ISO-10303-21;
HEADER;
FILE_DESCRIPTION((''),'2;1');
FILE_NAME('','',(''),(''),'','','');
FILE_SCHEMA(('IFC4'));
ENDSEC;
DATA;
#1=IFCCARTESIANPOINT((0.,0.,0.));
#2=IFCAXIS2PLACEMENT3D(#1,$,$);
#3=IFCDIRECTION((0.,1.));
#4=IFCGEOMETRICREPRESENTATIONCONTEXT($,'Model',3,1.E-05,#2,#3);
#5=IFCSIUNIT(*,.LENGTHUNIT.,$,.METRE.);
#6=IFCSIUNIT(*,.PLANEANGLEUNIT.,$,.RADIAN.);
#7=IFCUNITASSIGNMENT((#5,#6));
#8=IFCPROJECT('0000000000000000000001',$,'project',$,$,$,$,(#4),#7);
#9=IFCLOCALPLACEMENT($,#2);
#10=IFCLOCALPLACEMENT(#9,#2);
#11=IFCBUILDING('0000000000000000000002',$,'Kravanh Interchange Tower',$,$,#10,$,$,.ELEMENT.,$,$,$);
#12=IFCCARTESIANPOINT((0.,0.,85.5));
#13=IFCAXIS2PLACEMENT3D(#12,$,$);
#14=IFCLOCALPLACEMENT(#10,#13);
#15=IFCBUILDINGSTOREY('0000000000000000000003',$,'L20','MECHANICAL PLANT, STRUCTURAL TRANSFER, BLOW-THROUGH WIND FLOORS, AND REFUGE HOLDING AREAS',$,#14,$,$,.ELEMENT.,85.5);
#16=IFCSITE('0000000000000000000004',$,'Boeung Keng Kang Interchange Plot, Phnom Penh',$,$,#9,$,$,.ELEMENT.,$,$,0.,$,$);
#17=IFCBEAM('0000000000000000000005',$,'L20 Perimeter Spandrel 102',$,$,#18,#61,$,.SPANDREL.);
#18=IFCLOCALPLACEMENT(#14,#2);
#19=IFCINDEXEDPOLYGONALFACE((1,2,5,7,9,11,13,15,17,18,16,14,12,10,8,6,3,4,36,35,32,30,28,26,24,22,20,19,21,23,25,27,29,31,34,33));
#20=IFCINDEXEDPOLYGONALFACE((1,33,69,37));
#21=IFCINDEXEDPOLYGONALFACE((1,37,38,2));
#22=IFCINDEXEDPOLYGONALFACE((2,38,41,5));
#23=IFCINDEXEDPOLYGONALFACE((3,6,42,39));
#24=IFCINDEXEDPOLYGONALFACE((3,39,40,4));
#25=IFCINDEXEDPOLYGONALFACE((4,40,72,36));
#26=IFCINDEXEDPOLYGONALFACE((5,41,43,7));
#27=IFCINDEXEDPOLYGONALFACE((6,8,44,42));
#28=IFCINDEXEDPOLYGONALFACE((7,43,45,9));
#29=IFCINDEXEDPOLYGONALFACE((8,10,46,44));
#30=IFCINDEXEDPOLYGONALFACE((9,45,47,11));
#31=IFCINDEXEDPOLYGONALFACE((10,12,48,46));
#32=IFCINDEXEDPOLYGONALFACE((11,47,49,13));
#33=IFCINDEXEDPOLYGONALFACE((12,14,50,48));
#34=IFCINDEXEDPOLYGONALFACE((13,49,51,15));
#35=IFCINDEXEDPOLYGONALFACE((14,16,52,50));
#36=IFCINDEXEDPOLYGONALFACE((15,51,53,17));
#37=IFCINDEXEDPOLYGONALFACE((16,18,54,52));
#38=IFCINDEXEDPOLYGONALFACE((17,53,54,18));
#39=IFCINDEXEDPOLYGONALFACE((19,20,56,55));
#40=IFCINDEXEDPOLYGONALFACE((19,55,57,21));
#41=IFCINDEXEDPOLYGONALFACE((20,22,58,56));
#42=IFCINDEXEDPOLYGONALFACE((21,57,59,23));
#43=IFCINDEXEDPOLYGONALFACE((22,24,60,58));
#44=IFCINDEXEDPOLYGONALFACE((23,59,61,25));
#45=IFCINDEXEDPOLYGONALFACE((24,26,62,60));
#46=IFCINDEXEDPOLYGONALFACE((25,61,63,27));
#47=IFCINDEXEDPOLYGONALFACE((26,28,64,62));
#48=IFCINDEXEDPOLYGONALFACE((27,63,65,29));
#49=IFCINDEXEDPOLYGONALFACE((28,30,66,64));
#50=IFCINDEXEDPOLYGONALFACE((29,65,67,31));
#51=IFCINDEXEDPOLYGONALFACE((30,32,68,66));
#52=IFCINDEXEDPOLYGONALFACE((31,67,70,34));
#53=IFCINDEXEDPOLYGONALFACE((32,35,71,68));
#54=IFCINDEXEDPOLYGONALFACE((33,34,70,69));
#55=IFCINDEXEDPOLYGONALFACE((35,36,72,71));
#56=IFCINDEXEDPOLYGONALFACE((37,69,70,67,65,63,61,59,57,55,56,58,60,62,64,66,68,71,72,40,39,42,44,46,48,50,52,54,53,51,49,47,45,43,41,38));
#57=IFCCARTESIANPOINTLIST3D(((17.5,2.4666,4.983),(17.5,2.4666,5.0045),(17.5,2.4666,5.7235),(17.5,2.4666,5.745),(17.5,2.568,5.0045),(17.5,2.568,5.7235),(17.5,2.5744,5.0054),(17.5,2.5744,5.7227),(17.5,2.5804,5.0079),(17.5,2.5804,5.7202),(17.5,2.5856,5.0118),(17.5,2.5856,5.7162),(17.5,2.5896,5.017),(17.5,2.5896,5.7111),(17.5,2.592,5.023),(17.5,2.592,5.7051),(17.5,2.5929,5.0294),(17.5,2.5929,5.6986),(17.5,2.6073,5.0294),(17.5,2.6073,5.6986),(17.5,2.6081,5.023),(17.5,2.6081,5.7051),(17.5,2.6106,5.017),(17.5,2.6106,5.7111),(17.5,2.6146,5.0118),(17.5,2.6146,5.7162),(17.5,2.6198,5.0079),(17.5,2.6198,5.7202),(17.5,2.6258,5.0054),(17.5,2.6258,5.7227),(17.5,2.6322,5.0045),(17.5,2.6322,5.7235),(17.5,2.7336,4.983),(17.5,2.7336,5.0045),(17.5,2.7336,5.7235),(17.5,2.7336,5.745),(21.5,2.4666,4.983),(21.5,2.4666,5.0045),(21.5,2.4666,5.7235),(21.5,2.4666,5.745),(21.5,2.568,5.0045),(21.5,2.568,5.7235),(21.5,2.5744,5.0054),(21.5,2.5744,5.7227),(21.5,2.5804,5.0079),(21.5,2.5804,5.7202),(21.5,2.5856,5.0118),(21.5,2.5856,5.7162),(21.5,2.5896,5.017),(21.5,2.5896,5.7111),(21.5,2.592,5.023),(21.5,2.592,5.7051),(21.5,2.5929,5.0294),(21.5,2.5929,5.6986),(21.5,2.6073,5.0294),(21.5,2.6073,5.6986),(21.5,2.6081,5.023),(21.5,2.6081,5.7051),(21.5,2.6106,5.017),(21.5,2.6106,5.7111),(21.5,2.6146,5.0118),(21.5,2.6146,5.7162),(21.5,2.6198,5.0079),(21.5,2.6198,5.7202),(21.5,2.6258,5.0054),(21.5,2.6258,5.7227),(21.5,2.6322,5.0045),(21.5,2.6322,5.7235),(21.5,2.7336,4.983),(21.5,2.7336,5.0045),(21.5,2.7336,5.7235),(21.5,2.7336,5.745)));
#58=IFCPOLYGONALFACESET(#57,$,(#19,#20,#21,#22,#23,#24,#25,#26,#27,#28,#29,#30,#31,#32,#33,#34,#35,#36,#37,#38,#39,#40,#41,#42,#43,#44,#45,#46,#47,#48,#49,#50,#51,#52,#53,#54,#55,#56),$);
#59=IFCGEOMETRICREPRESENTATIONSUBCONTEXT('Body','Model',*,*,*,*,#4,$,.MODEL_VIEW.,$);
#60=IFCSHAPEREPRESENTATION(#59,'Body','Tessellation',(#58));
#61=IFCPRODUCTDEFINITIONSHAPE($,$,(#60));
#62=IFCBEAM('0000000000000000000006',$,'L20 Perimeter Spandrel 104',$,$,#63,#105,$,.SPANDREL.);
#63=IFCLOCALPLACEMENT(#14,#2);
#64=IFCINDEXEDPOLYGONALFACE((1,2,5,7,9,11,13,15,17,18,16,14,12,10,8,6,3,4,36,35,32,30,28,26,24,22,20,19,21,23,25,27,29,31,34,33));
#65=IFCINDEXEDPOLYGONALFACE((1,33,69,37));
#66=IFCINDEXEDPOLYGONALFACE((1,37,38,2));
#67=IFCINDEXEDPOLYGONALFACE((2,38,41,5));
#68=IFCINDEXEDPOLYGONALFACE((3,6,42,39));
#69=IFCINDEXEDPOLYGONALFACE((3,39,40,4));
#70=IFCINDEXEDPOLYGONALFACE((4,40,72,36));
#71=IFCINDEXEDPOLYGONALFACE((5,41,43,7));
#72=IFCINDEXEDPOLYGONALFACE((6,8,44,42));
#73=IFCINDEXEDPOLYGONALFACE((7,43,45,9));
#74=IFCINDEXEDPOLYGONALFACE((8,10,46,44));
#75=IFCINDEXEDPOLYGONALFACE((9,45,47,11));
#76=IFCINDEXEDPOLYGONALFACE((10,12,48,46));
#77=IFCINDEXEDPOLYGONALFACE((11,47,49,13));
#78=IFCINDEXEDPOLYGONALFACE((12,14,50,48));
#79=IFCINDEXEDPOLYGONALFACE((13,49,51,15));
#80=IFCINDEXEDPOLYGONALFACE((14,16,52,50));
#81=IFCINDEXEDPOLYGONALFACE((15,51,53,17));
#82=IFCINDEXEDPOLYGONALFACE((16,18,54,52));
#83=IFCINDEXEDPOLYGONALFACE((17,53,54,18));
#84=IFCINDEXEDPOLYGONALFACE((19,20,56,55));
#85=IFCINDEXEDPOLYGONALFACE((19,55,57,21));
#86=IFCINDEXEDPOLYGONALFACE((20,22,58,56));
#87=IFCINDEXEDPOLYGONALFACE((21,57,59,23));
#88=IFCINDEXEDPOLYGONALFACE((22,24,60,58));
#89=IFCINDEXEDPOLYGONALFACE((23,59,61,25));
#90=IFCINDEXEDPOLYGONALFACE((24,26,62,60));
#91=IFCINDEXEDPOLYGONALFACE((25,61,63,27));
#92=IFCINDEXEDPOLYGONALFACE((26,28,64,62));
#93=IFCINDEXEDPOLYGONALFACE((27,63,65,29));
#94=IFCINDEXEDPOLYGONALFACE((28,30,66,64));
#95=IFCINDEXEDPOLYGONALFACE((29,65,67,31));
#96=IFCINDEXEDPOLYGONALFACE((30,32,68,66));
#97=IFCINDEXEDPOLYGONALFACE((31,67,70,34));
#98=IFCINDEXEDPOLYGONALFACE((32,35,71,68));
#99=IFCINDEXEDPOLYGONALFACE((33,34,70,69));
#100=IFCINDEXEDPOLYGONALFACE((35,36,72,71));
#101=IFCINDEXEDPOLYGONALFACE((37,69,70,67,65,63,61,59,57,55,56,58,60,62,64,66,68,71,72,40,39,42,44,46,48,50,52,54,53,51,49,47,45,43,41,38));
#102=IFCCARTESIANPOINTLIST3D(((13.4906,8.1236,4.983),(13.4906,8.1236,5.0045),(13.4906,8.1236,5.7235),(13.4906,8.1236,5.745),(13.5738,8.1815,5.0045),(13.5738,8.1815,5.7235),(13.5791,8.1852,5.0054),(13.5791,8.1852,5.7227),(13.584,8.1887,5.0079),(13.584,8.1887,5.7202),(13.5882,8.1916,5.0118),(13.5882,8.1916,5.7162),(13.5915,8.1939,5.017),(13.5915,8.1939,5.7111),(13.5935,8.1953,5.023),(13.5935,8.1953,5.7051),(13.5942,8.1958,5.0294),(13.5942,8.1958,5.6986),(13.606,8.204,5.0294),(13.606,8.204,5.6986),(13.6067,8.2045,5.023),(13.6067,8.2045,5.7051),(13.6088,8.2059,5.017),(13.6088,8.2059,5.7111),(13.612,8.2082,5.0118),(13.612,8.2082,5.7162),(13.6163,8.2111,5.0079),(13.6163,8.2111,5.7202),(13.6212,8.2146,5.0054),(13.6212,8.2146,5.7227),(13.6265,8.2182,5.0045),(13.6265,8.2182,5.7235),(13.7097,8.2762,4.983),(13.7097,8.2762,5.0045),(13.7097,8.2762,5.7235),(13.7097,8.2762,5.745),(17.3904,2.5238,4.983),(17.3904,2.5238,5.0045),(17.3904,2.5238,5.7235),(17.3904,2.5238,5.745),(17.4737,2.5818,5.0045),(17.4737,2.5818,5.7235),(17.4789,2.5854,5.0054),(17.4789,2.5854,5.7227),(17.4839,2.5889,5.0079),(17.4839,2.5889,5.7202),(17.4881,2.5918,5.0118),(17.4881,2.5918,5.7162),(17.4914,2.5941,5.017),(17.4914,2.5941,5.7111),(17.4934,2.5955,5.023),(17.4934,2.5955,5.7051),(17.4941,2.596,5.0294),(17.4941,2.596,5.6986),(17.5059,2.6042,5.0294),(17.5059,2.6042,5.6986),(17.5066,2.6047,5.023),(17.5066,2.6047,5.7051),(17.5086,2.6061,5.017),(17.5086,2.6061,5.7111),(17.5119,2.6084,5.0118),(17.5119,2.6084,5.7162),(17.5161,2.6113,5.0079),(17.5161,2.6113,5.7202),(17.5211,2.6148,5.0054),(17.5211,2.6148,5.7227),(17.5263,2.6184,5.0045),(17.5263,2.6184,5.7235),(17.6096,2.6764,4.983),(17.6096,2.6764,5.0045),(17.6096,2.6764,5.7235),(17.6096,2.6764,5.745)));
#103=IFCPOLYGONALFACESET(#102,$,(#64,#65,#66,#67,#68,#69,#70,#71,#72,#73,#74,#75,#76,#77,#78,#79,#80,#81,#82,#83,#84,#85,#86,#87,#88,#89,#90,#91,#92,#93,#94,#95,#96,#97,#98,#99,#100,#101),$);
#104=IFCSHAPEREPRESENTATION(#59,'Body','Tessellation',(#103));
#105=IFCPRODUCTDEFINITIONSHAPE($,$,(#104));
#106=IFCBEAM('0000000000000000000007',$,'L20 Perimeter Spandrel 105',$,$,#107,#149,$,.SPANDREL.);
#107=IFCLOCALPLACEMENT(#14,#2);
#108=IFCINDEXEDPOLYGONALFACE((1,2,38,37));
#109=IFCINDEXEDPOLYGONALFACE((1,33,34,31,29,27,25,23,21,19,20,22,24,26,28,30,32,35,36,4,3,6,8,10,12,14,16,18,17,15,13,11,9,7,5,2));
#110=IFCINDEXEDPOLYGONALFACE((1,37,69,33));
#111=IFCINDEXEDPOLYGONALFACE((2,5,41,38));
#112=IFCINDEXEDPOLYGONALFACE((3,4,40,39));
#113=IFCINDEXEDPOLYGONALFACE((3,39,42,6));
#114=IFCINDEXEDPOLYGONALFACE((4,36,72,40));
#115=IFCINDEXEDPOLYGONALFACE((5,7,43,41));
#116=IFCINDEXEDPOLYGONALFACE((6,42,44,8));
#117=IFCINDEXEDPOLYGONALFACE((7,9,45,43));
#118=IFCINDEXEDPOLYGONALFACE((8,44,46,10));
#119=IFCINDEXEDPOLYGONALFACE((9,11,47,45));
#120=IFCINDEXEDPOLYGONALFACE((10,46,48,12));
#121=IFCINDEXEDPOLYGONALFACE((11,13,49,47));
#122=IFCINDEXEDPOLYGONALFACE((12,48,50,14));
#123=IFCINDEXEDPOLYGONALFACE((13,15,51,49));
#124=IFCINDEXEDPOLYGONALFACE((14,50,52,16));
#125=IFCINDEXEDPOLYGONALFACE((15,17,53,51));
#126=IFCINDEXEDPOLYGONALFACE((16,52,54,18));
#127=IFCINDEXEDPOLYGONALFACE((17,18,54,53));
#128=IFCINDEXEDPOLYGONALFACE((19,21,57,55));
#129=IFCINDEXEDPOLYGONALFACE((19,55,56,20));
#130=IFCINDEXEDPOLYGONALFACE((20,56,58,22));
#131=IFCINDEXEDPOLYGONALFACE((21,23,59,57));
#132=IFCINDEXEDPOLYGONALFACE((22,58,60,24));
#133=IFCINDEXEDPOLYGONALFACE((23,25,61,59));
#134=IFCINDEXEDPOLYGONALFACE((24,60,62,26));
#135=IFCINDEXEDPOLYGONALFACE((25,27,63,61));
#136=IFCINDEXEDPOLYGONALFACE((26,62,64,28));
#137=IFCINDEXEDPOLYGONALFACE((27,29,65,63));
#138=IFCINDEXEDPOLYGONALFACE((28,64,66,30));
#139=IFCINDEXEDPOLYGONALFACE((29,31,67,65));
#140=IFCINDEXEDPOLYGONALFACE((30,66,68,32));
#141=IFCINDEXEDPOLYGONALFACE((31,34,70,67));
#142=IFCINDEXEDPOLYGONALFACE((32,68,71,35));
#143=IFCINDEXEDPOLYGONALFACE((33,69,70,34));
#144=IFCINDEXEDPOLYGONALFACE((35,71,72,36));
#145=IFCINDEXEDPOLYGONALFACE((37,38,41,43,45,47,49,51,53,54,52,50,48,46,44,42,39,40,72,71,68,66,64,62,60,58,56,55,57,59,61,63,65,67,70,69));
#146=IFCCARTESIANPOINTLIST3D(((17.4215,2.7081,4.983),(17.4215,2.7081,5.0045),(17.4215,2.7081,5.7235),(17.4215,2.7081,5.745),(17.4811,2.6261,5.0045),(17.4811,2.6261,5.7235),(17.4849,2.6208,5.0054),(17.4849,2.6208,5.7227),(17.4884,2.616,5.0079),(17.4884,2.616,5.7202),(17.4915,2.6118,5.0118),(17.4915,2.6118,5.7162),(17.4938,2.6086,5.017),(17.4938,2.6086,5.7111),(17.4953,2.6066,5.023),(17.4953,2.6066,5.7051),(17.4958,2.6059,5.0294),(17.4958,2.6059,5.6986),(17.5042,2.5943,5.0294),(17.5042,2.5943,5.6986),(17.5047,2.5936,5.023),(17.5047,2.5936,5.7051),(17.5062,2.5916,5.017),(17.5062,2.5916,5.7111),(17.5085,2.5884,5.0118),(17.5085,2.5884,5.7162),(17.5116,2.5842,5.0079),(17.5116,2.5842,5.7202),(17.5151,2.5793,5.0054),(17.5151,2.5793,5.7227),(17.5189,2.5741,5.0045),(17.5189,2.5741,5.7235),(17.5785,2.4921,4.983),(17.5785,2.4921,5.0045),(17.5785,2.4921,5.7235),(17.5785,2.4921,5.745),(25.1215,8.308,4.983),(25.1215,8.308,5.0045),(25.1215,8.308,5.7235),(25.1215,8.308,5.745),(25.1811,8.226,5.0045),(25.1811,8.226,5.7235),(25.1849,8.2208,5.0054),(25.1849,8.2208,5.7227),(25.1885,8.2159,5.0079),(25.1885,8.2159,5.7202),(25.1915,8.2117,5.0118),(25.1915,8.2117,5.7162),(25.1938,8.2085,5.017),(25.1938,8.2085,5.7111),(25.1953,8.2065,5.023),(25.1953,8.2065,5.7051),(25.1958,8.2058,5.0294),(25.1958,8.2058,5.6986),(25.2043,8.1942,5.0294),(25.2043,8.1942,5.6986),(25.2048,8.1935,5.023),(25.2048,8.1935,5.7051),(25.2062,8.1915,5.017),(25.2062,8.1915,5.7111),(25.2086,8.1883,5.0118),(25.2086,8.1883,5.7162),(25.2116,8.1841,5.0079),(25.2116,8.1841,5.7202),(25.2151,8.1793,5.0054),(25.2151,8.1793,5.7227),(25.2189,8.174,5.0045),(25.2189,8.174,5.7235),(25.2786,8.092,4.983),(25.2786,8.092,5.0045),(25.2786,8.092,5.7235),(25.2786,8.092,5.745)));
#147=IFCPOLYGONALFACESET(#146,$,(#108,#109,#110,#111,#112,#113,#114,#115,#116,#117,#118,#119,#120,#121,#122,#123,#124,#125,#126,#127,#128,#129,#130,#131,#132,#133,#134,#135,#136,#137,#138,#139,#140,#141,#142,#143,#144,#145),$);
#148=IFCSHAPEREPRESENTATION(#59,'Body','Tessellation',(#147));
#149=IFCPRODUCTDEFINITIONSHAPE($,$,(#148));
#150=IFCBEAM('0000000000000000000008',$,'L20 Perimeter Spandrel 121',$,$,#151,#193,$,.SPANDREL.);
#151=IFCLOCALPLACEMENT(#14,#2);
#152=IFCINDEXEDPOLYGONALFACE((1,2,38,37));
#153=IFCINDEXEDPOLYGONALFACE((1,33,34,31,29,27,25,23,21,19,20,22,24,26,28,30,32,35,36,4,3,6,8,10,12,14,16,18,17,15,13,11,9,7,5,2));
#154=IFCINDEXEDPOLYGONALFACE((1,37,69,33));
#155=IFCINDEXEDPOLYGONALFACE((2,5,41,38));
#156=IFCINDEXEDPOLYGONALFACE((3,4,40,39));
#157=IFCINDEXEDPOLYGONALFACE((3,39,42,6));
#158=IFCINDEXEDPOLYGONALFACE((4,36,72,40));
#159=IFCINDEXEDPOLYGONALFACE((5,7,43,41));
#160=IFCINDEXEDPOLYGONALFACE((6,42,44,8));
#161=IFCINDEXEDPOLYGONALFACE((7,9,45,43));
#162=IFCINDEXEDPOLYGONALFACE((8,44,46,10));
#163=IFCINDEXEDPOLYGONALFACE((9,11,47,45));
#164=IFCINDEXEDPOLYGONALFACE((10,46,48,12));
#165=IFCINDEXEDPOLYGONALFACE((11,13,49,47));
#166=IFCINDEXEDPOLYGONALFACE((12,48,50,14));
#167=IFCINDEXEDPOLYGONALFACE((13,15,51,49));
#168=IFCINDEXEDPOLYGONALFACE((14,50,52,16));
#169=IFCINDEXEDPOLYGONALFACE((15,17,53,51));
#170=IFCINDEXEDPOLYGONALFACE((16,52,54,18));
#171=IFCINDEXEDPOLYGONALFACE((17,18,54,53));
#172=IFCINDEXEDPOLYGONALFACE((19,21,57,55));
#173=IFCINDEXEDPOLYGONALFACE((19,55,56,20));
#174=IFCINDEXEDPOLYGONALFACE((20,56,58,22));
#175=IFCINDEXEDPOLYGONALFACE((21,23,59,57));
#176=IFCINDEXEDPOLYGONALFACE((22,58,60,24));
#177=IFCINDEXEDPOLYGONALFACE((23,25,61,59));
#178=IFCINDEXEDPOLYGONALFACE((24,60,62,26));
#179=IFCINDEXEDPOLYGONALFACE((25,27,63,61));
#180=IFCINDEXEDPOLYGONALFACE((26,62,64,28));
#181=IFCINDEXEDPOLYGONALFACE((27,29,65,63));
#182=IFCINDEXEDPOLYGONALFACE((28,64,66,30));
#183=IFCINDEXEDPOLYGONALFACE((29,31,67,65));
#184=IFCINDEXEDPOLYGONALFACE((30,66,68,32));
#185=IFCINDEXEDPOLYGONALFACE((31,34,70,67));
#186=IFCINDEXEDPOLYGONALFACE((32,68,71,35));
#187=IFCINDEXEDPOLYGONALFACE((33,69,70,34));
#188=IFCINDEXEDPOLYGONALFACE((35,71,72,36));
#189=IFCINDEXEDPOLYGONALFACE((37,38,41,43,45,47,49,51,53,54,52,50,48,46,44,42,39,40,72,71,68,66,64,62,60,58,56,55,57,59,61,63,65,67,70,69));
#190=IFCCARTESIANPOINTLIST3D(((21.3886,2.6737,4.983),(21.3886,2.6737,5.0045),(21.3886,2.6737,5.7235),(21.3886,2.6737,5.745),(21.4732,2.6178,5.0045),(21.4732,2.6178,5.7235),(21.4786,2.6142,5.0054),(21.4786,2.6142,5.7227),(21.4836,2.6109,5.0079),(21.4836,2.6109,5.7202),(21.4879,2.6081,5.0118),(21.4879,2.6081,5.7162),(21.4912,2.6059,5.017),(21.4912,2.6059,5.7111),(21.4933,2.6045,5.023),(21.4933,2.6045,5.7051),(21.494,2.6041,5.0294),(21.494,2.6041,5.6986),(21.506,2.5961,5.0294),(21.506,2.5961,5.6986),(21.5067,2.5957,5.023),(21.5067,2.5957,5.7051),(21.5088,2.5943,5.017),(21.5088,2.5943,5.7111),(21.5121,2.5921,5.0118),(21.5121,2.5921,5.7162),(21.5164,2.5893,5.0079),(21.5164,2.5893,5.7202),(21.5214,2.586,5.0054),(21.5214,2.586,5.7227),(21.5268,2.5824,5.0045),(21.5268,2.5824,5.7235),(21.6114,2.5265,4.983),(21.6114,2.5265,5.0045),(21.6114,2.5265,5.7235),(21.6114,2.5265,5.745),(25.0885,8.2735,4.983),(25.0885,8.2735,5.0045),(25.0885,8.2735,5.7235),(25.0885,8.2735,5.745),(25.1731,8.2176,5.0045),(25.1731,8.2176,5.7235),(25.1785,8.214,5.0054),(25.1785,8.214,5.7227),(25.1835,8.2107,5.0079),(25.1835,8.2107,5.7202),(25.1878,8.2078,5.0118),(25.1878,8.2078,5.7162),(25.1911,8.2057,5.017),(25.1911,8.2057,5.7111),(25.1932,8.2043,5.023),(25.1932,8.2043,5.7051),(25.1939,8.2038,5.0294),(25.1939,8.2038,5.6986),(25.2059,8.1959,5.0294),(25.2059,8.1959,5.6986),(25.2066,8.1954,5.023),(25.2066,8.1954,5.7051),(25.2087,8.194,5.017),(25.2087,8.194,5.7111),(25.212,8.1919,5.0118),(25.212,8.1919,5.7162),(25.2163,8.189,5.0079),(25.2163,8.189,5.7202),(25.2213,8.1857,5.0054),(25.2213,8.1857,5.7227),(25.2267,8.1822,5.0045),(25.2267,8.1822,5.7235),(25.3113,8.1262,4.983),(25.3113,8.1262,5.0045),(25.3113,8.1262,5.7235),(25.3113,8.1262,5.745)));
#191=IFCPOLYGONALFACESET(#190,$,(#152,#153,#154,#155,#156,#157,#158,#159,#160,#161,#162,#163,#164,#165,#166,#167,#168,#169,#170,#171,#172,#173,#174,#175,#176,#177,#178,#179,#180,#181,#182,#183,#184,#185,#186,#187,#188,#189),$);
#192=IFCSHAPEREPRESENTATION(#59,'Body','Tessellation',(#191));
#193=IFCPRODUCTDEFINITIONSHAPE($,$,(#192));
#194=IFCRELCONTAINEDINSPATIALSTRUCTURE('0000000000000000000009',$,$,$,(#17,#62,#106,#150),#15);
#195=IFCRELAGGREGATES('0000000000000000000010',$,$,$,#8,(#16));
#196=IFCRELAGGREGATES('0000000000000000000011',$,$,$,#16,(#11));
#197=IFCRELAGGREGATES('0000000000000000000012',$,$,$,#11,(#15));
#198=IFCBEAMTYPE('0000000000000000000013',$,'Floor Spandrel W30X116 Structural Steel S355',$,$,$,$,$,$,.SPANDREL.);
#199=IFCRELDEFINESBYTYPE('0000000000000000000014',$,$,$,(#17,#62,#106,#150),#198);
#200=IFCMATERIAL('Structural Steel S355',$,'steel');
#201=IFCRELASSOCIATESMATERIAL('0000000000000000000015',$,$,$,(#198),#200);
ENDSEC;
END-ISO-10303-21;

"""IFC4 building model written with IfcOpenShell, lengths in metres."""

from ifc_helpers import new_model, si_unit, direction, frame, origin, origin_2d, place, context, subcontext, project, spatial, i_section, extrude, material, material_profile, profile_set, type_object, element, save


model = new_model("IFC4")

# Units and contexts
model_context = context("Model", 3, precision=1e-05, world=origin(), true_north=direction((0.0, 1.0)))
body_context = subcontext(model_context, "Body", "Model", "MODEL_VIEW")
ifc_project = project(units=[si_unit("LENGTHUNIT", "METRE"), si_unit("PLANEANGLEUNIT", "RADIAN")], contexts=[model_context])

# Site, building, storey
site_placement = place(None, origin())
site = spatial("IfcSite", under=ifc_project, at=site_placement, Name="Boeung Keng Kang Interchange Plot, Phnom Penh", CompositionType="ELEMENT", RefElevation=0.0)
building_placement = place(site_placement, origin())
building = spatial("IfcBuilding", under=site, at=building_placement, Name="Kravanh Interchange Tower", CompositionType="ELEMENT")
storey_placement = place(building_placement, frame((0.0, 0.0, 85.5)))
storey = spatial("IfcBuildingStorey", under=building, at=storey_placement, Name="L20", Description="MECHANICAL PLANT, STRUCTURAL TRANSFER, BLOW-THROUGH WIND FLOORS, AND REFUGE HOLDING AREAS", CompositionType="ELEMENT", Elevation=85.5)

# Beams
ifc_material_1 = material(Name="Structural Steel S355", Category="steel")
ifc_material_profile_1 = material_profile(ifc_material_1, i_section(OverallWidth=0.2671, OverallDepth=0.762, WebThickness=0.0144, FlangeThickness=0.0215, FilletRadius=0.0249, at=origin_2d()), Name="W30X116")
ifc_profile_set_1 = profile_set([ifc_material_profile_1], Name="Structural Steel S355")
beam_type_1 = type_object("IfcBeamType", Name="Floor Spandrel W30X116 Structural Steel S355", PredefinedType="SPANDREL", material=ifc_profile_set_1)
beam_1_placement = place(storey_placement, frame((17.5, 2.6001, 5.364), z_axis=(1.0, 0.0, 0.0), x_axis=(0.0, 1.0, 0.0)))
element("IfcBeam", 1, at=beam_1_placement, inside=storey, type_object=beam_type_1, Name="L20 Perimeter Spandrel 102", PredefinedType="SPANDREL", context=body_context, shape_type="SweptSolid", body=[
    extrude(i_section(OverallWidth=0.2671, OverallDepth=0.762, WebThickness=0.0144, FlangeThickness=0.0215, FilletRadius=0.0249, at=origin_2d()), origin(), (0.0, 0.0, 1.0), 4.0),
])
beam_2_placement = place(storey_placement, frame((17.5, 2.6001, 5.364), z_axis=(-0.571494, 0.820606, 0.0), x_axis=(-0.820606, -0.571494, 0.0)))
element("IfcBeam", 2, at=beam_2_placement, inside=storey, type_object=beam_type_1, Name="L20 Perimeter Spandrel 104", PredefinedType="SPANDREL", context=body_context, shape_type="SweptSolid", body=[
    extrude(i_section(OverallWidth=0.2671, OverallDepth=0.762, WebThickness=0.0144, FlangeThickness=0.0215, FilletRadius=0.0249, at=origin_2d()), origin(), (0.0, 0.0, 1.0), 6.824),
])
beam_3_placement = place(storey_placement, frame((17.5, 2.6001, 5.364), z_axis=(0.808742, 0.588164, 0.0), x_axis=(-0.588164, 0.808742, 0.0)))
element("IfcBeam", 3, at=beam_3_placement, inside=storey, type_object=beam_type_1, Name="L20 Perimeter Spandrel 105", PredefinedType="SPANDREL", context=body_context, shape_type="SweptSolid", body=[
    extrude(i_section(OverallWidth=0.2671, OverallDepth=0.762, WebThickness=0.0144, FlangeThickness=0.0215, FilletRadius=0.0249, at=origin_2d()), origin(), (0.0, 0.0, 1.0), 9.521),
])
beam_4_placement = place(storey_placement, frame((21.5, 2.6001, 5.364), z_axis=(0.551262, 0.834332, 0.0), x_axis=(-0.834332, 0.551262, 0.0)))
element("IfcBeam", 4, at=beam_4_placement, inside=storey, type_object=beam_type_1, Name="L20 Perimeter Spandrel 121", PredefinedType="SPANDREL", context=body_context, shape_type="SweptSolid", body=[
    extrude(i_section(OverallWidth=0.2671, OverallDepth=0.762, WebThickness=0.0144, FlangeThickness=0.0215, FilletRadius=0.0249, at=origin_2d()), origin(), (0.0, 0.0, 1.0), 6.7117),
])

save(model, "model.ifc")
